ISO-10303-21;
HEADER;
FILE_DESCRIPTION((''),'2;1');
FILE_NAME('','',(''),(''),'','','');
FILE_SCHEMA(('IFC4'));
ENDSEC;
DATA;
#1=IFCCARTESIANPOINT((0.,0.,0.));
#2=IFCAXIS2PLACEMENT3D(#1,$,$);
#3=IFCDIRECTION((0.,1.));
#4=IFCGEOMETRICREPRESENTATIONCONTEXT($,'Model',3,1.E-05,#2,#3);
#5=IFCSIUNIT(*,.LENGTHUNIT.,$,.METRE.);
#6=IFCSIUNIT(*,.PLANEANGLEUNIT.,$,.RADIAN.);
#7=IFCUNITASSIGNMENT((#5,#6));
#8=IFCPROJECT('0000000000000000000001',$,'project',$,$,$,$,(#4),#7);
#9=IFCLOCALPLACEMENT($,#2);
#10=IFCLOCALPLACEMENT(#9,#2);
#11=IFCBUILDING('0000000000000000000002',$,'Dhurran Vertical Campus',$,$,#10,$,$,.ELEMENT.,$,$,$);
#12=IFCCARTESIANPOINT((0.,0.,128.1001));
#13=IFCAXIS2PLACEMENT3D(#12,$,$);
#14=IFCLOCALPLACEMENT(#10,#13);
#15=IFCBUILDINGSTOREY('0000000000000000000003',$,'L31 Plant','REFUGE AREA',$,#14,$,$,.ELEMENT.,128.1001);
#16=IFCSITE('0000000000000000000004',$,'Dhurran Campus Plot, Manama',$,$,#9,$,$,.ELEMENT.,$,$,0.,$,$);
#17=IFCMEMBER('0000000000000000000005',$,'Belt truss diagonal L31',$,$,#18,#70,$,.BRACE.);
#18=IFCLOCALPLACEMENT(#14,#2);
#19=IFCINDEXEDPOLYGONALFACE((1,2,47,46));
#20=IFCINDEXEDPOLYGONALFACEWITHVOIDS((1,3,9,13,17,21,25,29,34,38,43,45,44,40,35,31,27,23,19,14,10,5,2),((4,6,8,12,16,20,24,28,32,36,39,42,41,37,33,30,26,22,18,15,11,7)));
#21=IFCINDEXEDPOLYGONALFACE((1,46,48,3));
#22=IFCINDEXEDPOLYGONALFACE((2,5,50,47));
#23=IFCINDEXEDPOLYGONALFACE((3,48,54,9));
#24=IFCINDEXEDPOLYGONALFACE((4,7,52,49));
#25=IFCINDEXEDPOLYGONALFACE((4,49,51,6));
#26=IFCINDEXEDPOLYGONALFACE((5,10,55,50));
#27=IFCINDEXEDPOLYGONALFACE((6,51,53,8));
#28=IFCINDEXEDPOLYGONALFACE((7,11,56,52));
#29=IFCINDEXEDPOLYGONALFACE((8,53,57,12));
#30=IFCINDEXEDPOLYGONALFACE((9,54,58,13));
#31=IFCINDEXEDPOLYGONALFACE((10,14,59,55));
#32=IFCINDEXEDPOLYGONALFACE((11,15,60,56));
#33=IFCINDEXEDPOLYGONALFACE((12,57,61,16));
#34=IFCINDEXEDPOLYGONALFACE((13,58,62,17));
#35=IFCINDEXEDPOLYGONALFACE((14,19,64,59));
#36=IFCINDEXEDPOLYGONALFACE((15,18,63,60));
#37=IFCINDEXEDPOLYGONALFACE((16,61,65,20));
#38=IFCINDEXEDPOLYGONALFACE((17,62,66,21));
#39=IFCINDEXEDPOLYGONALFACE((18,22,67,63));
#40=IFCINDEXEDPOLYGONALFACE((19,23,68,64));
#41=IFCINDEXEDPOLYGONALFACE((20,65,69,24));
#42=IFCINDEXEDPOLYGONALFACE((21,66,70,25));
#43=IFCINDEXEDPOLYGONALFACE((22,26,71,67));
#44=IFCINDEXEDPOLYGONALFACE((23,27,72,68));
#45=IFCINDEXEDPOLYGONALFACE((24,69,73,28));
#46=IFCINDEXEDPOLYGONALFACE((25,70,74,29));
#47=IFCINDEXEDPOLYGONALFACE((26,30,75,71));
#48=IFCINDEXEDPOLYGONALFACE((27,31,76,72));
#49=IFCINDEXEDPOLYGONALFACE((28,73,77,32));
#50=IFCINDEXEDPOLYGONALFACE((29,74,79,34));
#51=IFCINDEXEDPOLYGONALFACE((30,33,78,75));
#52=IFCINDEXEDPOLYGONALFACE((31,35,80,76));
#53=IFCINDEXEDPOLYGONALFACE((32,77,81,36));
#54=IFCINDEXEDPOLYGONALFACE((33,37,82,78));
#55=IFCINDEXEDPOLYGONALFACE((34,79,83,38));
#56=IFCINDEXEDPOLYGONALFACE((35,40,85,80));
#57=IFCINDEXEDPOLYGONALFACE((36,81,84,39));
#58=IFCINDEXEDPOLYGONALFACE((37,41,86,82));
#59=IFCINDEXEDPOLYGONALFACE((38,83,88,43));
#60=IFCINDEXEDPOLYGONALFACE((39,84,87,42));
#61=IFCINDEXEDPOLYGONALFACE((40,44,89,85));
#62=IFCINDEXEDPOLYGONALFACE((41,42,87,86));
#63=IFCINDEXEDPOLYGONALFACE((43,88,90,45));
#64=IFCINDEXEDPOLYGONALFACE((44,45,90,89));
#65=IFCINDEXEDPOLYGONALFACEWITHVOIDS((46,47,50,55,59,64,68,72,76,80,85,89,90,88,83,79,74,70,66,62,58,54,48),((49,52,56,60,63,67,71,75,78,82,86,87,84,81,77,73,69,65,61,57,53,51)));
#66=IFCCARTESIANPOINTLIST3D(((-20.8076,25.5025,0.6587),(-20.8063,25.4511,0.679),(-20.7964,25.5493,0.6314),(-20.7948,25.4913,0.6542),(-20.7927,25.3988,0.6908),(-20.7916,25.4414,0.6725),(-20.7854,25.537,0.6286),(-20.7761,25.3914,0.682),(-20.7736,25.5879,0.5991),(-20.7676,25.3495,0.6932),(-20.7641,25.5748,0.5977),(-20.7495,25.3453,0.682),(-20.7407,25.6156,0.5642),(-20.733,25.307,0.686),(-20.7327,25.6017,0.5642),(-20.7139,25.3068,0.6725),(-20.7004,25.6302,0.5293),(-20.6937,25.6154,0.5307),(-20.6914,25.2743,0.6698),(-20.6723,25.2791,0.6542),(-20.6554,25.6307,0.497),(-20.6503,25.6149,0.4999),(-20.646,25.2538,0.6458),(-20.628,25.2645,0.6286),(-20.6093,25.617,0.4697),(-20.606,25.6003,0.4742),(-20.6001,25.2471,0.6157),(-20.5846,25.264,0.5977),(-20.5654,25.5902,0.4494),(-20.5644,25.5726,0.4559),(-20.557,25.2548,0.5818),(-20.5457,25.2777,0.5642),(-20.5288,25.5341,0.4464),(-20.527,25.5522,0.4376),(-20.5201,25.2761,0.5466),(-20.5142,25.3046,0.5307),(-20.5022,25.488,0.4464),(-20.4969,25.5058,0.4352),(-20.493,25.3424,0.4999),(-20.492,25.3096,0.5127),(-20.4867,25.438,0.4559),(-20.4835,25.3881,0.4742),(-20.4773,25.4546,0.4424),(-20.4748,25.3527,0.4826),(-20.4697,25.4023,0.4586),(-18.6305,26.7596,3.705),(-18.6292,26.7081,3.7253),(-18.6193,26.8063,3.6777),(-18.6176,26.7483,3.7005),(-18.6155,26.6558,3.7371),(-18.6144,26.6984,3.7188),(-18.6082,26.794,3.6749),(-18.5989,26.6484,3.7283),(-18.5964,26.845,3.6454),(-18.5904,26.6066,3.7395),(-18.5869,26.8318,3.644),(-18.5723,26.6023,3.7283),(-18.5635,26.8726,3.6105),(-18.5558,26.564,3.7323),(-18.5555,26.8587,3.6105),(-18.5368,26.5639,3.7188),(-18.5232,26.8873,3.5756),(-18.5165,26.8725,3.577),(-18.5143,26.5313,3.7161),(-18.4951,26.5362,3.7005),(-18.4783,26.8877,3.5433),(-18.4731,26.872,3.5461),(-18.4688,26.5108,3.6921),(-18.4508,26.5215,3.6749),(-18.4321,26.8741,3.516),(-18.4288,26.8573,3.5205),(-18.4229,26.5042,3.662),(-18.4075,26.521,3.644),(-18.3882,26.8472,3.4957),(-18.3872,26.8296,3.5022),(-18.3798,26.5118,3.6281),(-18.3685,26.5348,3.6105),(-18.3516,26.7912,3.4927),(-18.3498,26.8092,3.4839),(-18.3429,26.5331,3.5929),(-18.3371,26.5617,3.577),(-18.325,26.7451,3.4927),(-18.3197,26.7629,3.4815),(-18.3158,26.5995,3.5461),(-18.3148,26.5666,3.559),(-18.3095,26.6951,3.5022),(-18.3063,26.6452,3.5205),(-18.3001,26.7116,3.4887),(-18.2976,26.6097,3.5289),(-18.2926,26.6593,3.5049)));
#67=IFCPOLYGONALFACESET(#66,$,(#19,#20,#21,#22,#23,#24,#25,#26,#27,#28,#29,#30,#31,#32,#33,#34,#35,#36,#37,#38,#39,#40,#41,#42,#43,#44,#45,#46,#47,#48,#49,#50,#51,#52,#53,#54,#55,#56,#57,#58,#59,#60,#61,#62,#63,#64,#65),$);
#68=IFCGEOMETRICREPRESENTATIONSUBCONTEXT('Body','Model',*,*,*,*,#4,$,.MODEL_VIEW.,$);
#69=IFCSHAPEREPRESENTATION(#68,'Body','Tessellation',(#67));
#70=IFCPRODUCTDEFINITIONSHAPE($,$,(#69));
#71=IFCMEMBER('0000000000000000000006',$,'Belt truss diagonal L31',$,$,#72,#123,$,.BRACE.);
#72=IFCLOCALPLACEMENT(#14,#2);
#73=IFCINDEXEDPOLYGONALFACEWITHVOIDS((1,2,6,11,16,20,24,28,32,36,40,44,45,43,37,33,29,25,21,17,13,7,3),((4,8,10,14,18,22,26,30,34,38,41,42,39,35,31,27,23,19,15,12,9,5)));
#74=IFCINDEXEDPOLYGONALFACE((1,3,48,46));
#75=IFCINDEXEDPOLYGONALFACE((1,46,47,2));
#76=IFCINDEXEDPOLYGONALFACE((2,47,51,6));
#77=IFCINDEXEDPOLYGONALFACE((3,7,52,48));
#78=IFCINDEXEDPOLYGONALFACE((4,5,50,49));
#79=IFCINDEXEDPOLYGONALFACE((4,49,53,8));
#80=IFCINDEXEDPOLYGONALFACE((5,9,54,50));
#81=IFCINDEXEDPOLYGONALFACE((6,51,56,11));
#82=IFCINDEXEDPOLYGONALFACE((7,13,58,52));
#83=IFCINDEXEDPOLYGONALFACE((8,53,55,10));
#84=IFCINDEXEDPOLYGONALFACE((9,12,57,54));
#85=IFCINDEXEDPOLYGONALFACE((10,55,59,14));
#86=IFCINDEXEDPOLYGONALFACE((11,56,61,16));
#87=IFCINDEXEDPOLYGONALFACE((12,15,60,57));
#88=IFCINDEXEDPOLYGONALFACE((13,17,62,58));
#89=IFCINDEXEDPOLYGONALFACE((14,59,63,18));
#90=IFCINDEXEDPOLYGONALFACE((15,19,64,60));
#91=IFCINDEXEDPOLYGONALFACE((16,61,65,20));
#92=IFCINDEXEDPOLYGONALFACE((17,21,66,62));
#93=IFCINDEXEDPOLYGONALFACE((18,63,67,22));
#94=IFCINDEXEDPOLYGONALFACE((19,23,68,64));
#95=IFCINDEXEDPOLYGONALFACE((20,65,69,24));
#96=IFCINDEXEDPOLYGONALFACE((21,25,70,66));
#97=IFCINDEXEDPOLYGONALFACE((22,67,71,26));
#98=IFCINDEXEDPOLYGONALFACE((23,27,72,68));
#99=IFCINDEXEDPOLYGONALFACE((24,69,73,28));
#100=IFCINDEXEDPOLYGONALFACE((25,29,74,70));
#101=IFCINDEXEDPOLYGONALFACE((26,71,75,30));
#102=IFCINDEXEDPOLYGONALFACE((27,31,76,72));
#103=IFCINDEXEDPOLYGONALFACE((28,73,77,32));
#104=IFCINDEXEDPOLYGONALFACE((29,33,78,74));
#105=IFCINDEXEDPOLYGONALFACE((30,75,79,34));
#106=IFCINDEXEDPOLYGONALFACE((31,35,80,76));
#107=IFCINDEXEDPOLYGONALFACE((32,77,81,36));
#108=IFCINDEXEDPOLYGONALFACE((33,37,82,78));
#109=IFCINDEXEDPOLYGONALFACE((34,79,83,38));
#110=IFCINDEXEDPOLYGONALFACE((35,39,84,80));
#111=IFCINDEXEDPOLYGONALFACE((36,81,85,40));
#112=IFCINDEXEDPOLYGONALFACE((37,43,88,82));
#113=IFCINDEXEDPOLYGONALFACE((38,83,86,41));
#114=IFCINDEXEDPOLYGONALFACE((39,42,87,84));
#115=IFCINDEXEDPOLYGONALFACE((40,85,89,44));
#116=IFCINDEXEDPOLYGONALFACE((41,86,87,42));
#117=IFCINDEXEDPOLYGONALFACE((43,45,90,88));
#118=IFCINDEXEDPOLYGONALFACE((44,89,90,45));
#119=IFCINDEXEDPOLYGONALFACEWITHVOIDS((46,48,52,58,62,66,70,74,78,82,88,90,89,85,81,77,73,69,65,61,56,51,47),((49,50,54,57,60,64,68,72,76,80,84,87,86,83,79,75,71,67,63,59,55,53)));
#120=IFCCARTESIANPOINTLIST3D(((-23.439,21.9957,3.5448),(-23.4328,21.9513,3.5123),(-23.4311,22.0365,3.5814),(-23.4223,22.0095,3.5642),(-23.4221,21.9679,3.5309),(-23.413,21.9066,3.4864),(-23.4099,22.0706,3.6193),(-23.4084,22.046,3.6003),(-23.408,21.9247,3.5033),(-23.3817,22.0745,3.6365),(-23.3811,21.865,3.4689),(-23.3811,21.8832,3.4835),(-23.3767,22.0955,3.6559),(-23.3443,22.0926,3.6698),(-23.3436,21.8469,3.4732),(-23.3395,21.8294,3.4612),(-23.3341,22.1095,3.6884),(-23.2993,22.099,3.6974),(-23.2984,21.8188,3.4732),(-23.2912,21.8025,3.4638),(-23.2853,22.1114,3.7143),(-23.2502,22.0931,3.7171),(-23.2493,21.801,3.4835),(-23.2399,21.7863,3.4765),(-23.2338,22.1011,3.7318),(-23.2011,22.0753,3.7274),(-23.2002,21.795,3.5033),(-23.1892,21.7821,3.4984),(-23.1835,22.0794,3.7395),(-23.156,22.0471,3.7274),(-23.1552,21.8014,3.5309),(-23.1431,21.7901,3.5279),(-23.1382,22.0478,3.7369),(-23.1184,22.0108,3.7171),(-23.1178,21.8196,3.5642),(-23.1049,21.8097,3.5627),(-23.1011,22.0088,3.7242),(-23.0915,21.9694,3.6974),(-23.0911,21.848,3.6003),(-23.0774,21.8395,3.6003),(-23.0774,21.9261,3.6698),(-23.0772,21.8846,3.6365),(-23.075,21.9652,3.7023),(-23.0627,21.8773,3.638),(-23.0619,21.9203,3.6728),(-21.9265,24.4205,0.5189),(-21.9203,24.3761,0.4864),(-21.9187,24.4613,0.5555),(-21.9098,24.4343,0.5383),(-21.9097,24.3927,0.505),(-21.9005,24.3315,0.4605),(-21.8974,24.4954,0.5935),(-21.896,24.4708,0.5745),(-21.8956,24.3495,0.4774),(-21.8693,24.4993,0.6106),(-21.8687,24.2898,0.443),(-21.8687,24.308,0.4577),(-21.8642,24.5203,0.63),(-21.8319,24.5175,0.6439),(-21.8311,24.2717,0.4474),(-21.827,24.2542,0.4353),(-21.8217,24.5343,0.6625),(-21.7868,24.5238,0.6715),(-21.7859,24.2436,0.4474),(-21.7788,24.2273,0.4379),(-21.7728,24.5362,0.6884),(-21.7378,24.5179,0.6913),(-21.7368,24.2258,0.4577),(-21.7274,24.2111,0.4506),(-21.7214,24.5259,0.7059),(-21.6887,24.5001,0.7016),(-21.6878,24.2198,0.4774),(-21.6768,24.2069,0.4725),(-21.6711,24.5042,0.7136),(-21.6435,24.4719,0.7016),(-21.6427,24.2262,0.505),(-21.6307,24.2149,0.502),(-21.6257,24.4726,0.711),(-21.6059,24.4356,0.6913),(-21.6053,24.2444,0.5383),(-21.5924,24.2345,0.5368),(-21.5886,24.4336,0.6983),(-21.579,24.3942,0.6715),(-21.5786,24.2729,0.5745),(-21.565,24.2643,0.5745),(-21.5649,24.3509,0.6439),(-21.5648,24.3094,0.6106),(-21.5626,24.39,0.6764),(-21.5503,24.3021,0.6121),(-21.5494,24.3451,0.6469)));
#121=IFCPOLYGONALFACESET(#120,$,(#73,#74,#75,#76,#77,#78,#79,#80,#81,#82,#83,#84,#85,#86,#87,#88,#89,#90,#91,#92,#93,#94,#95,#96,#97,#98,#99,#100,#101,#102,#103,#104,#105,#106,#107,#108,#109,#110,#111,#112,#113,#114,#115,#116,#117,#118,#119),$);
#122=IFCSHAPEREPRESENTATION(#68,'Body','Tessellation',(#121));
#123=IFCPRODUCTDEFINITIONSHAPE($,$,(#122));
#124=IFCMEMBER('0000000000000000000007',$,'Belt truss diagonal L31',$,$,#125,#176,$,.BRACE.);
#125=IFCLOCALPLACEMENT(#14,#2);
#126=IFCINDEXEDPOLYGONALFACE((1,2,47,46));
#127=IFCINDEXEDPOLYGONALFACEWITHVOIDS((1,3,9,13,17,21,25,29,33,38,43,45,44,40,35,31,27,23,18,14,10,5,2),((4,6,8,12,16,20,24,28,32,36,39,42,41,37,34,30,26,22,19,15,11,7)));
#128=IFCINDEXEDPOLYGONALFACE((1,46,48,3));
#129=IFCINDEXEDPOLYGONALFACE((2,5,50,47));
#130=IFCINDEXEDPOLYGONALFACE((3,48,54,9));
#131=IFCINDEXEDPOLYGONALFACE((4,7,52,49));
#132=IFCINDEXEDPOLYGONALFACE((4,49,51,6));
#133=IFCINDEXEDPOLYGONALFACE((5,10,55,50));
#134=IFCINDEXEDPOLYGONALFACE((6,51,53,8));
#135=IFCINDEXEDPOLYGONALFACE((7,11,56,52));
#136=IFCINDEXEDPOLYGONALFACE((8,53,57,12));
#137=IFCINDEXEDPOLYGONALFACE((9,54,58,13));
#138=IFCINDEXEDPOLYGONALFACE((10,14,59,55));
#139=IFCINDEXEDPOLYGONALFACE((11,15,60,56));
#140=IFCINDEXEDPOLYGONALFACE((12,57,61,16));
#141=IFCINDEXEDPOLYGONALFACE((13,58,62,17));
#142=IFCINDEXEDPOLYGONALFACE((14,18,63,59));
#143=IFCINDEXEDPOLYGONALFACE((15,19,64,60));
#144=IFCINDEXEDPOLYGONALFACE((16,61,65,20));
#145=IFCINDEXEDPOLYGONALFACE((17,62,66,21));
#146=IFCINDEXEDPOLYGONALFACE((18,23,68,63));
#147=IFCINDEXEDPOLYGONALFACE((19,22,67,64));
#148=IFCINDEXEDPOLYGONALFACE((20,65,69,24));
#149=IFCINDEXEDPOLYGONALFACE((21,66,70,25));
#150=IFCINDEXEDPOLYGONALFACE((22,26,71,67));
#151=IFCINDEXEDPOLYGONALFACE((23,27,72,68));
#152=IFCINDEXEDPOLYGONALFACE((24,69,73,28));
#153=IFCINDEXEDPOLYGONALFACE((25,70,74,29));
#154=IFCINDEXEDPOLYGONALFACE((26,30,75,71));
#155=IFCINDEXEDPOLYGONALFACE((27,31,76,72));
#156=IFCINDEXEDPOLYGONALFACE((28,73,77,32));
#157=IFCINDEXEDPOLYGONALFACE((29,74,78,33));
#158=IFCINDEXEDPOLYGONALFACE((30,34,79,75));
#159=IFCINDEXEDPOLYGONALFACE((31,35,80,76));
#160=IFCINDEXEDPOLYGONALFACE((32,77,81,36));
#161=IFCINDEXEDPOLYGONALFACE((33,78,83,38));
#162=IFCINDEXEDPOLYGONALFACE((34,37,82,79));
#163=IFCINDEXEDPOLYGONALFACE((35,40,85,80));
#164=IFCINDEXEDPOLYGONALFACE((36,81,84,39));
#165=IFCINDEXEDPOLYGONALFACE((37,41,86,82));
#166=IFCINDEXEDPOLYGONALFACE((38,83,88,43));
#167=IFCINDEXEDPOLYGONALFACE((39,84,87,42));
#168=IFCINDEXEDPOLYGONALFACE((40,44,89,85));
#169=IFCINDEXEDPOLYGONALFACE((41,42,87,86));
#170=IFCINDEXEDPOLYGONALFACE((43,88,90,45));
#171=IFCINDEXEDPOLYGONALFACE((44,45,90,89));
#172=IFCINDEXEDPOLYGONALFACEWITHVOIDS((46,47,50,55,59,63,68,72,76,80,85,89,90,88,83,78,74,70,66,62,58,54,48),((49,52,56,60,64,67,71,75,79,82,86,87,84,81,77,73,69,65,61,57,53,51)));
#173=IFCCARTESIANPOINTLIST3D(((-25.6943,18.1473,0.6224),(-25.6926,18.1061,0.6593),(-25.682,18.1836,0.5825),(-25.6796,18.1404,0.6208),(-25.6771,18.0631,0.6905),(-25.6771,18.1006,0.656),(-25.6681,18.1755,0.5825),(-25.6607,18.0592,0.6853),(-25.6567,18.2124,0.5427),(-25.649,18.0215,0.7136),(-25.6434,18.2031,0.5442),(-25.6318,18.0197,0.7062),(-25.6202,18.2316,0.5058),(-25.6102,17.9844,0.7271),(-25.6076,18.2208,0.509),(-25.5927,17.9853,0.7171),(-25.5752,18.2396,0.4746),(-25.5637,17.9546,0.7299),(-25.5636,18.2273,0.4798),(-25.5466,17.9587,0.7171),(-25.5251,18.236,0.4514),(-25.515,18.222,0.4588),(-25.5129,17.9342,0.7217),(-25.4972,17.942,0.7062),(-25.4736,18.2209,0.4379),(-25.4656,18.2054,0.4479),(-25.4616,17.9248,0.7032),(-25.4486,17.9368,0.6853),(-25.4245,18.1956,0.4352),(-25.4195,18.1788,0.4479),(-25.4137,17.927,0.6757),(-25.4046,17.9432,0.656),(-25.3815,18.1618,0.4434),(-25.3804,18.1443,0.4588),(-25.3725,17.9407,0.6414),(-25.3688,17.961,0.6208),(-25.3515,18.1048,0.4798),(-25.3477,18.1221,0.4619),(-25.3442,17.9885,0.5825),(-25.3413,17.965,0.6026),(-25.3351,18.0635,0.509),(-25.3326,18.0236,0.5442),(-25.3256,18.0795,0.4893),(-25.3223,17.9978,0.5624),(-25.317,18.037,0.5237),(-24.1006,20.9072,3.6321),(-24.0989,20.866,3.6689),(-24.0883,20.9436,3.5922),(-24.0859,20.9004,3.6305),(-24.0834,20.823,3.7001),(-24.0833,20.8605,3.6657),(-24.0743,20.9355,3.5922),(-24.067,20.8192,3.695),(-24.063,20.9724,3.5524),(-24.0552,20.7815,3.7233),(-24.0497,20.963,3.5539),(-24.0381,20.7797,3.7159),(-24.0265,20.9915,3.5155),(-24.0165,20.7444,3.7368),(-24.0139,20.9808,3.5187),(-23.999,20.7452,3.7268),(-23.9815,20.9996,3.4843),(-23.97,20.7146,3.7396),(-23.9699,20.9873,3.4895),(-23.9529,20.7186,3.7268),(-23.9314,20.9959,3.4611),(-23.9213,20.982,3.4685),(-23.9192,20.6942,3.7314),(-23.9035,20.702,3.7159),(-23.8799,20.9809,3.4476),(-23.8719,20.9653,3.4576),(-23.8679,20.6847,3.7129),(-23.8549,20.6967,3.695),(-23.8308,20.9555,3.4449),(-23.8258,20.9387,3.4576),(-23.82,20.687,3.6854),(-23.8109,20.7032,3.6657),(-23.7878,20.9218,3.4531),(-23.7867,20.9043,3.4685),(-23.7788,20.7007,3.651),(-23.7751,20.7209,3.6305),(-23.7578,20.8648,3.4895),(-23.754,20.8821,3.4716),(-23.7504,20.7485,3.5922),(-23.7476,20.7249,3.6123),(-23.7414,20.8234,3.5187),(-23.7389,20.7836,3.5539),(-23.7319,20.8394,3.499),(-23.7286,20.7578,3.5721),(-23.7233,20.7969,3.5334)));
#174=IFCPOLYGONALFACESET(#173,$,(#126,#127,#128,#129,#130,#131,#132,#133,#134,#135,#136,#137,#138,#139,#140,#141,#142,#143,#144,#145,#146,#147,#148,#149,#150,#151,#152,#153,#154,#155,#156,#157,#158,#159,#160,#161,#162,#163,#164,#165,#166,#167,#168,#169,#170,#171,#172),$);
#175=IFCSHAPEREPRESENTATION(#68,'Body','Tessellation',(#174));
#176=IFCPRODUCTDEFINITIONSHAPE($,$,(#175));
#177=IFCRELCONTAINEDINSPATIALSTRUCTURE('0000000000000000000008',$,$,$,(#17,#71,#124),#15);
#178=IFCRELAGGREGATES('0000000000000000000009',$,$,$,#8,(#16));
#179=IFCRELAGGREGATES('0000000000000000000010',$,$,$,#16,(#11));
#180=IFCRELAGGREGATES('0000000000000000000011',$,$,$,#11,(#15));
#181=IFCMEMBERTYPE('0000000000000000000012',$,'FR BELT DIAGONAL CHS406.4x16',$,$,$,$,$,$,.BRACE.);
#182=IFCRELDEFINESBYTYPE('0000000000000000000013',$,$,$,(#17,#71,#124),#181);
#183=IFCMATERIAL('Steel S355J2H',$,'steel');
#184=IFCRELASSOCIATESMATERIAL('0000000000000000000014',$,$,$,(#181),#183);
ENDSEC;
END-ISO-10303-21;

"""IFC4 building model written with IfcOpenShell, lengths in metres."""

from ifc_helpers import new_model, si_unit, direction, frame, origin, origin_2d, place, context, subcontext, project, spatial, hollow_circle, extrude, material, material_profile, profile_set, type_object, element, save


model = new_model("IFC4")

# Units and contexts
model_context = context("Model", 3, precision=1e-05, world=origin(), true_north=direction((0.0, 1.0)))
body_context = subcontext(model_context, "Body", "Model", "MODEL_VIEW")
ifc_project = project(units=[si_unit("LENGTHUNIT", "METRE"), si_unit("PLANEANGLEUNIT", "RADIAN")], contexts=[model_context])

# Site, building, storey
site_placement = place(None, origin())
site = spatial("IfcSite", under=ifc_project, at=site_placement, Name="Dhurran Campus Plot, Manama", CompositionType="ELEMENT", RefElevation=0.0)
building_placement = place(site_placement, origin())
building = spatial("IfcBuilding", under=site, at=building_placement, Name="Dhurran Vertical Campus", CompositionType="ELEMENT")
storey_placement = place(building_placement, frame((0.0, 0.0, 128.1001)))
storey = spatial("IfcBuildingStorey", under=building, at=storey_placement, Name="L31 Plant", Description="REFUGE AREA", CompositionType="ELEMENT", Elevation=128.1001)

# Members
ifc_material_1 = material(Name="Steel S355J2H", Category="steel")
ifc_material_profile_1 = material_profile(ifc_material_1, hollow_circle(Radius=0.2031, WallThickness=0.0161, at=origin_2d()), Name="CHS406.4x16")
ifc_profile_set_1 = profile_set([ifc_material_profile_1], Name="Steel S355J2H")
member_type = type_object("IfcMemberType", Name="FR BELT DIAGONAL CHS406.4x16", PredefinedType="BRACE", material=ifc_profile_set_1)
member_1_placement = place(storey_placement, frame((-20.6392, 25.4397, 0.5642), z_axis=(0.551226, 0.318262, 0.771271), x_axis=(-0.500014, 0.866017, 0.0)))
element("IfcMember", 1, at=member_1_placement, inside=storey, type_object=member_type, Name="Belt truss diagonal L31", PredefinedType="BRACE", context=body_context, shape_type="SweptSolid", body=[
    extrude(hollow_circle(Radius=0.2031, WallThickness=0.0161, at=origin_2d()), origin(), (0.0, 0.0, 1.0), 3.9497),
])
member_2_placement = place(storey_placement, frame((-21.7373, 24.3718, 0.5745), z_axis=(-0.363386, -0.582591, 0.727007), x_axis=(0.848478, -0.529231, 0.0)))
element("IfcMember", 2, at=member_2_placement, inside=storey, type_object=member_type, Name="Belt truss diagonal L31", PredefinedType="BRACE", context=body_context, shape_type="SweptSolid", body=[
    extrude(hollow_circle(Radius=0.2031, WallThickness=0.0161, at=origin_2d()), origin(), (0.0, 0.0, 1.0), 4.1621),
])
member_3_placement = place(storey_placement, frame((-25.5061, 18.082, 0.5825), z_axis=(0.363567, 0.629615, 0.686589), x_axis=(-0.86599, 0.500061, 0.0)))
element("IfcMember", 3, at=member_3_placement, inside=storey, type_object=member_type, Name="Belt truss diagonal L31", PredefinedType="BRACE", context=body_context, shape_type="SweptSolid", body=[
    extrude(hollow_circle(Radius=0.2031, WallThickness=0.0161, at=origin_2d()), origin(), (0.0, 0.0, 1.0), 4.3835),
])

save(model, "model.ifc")
